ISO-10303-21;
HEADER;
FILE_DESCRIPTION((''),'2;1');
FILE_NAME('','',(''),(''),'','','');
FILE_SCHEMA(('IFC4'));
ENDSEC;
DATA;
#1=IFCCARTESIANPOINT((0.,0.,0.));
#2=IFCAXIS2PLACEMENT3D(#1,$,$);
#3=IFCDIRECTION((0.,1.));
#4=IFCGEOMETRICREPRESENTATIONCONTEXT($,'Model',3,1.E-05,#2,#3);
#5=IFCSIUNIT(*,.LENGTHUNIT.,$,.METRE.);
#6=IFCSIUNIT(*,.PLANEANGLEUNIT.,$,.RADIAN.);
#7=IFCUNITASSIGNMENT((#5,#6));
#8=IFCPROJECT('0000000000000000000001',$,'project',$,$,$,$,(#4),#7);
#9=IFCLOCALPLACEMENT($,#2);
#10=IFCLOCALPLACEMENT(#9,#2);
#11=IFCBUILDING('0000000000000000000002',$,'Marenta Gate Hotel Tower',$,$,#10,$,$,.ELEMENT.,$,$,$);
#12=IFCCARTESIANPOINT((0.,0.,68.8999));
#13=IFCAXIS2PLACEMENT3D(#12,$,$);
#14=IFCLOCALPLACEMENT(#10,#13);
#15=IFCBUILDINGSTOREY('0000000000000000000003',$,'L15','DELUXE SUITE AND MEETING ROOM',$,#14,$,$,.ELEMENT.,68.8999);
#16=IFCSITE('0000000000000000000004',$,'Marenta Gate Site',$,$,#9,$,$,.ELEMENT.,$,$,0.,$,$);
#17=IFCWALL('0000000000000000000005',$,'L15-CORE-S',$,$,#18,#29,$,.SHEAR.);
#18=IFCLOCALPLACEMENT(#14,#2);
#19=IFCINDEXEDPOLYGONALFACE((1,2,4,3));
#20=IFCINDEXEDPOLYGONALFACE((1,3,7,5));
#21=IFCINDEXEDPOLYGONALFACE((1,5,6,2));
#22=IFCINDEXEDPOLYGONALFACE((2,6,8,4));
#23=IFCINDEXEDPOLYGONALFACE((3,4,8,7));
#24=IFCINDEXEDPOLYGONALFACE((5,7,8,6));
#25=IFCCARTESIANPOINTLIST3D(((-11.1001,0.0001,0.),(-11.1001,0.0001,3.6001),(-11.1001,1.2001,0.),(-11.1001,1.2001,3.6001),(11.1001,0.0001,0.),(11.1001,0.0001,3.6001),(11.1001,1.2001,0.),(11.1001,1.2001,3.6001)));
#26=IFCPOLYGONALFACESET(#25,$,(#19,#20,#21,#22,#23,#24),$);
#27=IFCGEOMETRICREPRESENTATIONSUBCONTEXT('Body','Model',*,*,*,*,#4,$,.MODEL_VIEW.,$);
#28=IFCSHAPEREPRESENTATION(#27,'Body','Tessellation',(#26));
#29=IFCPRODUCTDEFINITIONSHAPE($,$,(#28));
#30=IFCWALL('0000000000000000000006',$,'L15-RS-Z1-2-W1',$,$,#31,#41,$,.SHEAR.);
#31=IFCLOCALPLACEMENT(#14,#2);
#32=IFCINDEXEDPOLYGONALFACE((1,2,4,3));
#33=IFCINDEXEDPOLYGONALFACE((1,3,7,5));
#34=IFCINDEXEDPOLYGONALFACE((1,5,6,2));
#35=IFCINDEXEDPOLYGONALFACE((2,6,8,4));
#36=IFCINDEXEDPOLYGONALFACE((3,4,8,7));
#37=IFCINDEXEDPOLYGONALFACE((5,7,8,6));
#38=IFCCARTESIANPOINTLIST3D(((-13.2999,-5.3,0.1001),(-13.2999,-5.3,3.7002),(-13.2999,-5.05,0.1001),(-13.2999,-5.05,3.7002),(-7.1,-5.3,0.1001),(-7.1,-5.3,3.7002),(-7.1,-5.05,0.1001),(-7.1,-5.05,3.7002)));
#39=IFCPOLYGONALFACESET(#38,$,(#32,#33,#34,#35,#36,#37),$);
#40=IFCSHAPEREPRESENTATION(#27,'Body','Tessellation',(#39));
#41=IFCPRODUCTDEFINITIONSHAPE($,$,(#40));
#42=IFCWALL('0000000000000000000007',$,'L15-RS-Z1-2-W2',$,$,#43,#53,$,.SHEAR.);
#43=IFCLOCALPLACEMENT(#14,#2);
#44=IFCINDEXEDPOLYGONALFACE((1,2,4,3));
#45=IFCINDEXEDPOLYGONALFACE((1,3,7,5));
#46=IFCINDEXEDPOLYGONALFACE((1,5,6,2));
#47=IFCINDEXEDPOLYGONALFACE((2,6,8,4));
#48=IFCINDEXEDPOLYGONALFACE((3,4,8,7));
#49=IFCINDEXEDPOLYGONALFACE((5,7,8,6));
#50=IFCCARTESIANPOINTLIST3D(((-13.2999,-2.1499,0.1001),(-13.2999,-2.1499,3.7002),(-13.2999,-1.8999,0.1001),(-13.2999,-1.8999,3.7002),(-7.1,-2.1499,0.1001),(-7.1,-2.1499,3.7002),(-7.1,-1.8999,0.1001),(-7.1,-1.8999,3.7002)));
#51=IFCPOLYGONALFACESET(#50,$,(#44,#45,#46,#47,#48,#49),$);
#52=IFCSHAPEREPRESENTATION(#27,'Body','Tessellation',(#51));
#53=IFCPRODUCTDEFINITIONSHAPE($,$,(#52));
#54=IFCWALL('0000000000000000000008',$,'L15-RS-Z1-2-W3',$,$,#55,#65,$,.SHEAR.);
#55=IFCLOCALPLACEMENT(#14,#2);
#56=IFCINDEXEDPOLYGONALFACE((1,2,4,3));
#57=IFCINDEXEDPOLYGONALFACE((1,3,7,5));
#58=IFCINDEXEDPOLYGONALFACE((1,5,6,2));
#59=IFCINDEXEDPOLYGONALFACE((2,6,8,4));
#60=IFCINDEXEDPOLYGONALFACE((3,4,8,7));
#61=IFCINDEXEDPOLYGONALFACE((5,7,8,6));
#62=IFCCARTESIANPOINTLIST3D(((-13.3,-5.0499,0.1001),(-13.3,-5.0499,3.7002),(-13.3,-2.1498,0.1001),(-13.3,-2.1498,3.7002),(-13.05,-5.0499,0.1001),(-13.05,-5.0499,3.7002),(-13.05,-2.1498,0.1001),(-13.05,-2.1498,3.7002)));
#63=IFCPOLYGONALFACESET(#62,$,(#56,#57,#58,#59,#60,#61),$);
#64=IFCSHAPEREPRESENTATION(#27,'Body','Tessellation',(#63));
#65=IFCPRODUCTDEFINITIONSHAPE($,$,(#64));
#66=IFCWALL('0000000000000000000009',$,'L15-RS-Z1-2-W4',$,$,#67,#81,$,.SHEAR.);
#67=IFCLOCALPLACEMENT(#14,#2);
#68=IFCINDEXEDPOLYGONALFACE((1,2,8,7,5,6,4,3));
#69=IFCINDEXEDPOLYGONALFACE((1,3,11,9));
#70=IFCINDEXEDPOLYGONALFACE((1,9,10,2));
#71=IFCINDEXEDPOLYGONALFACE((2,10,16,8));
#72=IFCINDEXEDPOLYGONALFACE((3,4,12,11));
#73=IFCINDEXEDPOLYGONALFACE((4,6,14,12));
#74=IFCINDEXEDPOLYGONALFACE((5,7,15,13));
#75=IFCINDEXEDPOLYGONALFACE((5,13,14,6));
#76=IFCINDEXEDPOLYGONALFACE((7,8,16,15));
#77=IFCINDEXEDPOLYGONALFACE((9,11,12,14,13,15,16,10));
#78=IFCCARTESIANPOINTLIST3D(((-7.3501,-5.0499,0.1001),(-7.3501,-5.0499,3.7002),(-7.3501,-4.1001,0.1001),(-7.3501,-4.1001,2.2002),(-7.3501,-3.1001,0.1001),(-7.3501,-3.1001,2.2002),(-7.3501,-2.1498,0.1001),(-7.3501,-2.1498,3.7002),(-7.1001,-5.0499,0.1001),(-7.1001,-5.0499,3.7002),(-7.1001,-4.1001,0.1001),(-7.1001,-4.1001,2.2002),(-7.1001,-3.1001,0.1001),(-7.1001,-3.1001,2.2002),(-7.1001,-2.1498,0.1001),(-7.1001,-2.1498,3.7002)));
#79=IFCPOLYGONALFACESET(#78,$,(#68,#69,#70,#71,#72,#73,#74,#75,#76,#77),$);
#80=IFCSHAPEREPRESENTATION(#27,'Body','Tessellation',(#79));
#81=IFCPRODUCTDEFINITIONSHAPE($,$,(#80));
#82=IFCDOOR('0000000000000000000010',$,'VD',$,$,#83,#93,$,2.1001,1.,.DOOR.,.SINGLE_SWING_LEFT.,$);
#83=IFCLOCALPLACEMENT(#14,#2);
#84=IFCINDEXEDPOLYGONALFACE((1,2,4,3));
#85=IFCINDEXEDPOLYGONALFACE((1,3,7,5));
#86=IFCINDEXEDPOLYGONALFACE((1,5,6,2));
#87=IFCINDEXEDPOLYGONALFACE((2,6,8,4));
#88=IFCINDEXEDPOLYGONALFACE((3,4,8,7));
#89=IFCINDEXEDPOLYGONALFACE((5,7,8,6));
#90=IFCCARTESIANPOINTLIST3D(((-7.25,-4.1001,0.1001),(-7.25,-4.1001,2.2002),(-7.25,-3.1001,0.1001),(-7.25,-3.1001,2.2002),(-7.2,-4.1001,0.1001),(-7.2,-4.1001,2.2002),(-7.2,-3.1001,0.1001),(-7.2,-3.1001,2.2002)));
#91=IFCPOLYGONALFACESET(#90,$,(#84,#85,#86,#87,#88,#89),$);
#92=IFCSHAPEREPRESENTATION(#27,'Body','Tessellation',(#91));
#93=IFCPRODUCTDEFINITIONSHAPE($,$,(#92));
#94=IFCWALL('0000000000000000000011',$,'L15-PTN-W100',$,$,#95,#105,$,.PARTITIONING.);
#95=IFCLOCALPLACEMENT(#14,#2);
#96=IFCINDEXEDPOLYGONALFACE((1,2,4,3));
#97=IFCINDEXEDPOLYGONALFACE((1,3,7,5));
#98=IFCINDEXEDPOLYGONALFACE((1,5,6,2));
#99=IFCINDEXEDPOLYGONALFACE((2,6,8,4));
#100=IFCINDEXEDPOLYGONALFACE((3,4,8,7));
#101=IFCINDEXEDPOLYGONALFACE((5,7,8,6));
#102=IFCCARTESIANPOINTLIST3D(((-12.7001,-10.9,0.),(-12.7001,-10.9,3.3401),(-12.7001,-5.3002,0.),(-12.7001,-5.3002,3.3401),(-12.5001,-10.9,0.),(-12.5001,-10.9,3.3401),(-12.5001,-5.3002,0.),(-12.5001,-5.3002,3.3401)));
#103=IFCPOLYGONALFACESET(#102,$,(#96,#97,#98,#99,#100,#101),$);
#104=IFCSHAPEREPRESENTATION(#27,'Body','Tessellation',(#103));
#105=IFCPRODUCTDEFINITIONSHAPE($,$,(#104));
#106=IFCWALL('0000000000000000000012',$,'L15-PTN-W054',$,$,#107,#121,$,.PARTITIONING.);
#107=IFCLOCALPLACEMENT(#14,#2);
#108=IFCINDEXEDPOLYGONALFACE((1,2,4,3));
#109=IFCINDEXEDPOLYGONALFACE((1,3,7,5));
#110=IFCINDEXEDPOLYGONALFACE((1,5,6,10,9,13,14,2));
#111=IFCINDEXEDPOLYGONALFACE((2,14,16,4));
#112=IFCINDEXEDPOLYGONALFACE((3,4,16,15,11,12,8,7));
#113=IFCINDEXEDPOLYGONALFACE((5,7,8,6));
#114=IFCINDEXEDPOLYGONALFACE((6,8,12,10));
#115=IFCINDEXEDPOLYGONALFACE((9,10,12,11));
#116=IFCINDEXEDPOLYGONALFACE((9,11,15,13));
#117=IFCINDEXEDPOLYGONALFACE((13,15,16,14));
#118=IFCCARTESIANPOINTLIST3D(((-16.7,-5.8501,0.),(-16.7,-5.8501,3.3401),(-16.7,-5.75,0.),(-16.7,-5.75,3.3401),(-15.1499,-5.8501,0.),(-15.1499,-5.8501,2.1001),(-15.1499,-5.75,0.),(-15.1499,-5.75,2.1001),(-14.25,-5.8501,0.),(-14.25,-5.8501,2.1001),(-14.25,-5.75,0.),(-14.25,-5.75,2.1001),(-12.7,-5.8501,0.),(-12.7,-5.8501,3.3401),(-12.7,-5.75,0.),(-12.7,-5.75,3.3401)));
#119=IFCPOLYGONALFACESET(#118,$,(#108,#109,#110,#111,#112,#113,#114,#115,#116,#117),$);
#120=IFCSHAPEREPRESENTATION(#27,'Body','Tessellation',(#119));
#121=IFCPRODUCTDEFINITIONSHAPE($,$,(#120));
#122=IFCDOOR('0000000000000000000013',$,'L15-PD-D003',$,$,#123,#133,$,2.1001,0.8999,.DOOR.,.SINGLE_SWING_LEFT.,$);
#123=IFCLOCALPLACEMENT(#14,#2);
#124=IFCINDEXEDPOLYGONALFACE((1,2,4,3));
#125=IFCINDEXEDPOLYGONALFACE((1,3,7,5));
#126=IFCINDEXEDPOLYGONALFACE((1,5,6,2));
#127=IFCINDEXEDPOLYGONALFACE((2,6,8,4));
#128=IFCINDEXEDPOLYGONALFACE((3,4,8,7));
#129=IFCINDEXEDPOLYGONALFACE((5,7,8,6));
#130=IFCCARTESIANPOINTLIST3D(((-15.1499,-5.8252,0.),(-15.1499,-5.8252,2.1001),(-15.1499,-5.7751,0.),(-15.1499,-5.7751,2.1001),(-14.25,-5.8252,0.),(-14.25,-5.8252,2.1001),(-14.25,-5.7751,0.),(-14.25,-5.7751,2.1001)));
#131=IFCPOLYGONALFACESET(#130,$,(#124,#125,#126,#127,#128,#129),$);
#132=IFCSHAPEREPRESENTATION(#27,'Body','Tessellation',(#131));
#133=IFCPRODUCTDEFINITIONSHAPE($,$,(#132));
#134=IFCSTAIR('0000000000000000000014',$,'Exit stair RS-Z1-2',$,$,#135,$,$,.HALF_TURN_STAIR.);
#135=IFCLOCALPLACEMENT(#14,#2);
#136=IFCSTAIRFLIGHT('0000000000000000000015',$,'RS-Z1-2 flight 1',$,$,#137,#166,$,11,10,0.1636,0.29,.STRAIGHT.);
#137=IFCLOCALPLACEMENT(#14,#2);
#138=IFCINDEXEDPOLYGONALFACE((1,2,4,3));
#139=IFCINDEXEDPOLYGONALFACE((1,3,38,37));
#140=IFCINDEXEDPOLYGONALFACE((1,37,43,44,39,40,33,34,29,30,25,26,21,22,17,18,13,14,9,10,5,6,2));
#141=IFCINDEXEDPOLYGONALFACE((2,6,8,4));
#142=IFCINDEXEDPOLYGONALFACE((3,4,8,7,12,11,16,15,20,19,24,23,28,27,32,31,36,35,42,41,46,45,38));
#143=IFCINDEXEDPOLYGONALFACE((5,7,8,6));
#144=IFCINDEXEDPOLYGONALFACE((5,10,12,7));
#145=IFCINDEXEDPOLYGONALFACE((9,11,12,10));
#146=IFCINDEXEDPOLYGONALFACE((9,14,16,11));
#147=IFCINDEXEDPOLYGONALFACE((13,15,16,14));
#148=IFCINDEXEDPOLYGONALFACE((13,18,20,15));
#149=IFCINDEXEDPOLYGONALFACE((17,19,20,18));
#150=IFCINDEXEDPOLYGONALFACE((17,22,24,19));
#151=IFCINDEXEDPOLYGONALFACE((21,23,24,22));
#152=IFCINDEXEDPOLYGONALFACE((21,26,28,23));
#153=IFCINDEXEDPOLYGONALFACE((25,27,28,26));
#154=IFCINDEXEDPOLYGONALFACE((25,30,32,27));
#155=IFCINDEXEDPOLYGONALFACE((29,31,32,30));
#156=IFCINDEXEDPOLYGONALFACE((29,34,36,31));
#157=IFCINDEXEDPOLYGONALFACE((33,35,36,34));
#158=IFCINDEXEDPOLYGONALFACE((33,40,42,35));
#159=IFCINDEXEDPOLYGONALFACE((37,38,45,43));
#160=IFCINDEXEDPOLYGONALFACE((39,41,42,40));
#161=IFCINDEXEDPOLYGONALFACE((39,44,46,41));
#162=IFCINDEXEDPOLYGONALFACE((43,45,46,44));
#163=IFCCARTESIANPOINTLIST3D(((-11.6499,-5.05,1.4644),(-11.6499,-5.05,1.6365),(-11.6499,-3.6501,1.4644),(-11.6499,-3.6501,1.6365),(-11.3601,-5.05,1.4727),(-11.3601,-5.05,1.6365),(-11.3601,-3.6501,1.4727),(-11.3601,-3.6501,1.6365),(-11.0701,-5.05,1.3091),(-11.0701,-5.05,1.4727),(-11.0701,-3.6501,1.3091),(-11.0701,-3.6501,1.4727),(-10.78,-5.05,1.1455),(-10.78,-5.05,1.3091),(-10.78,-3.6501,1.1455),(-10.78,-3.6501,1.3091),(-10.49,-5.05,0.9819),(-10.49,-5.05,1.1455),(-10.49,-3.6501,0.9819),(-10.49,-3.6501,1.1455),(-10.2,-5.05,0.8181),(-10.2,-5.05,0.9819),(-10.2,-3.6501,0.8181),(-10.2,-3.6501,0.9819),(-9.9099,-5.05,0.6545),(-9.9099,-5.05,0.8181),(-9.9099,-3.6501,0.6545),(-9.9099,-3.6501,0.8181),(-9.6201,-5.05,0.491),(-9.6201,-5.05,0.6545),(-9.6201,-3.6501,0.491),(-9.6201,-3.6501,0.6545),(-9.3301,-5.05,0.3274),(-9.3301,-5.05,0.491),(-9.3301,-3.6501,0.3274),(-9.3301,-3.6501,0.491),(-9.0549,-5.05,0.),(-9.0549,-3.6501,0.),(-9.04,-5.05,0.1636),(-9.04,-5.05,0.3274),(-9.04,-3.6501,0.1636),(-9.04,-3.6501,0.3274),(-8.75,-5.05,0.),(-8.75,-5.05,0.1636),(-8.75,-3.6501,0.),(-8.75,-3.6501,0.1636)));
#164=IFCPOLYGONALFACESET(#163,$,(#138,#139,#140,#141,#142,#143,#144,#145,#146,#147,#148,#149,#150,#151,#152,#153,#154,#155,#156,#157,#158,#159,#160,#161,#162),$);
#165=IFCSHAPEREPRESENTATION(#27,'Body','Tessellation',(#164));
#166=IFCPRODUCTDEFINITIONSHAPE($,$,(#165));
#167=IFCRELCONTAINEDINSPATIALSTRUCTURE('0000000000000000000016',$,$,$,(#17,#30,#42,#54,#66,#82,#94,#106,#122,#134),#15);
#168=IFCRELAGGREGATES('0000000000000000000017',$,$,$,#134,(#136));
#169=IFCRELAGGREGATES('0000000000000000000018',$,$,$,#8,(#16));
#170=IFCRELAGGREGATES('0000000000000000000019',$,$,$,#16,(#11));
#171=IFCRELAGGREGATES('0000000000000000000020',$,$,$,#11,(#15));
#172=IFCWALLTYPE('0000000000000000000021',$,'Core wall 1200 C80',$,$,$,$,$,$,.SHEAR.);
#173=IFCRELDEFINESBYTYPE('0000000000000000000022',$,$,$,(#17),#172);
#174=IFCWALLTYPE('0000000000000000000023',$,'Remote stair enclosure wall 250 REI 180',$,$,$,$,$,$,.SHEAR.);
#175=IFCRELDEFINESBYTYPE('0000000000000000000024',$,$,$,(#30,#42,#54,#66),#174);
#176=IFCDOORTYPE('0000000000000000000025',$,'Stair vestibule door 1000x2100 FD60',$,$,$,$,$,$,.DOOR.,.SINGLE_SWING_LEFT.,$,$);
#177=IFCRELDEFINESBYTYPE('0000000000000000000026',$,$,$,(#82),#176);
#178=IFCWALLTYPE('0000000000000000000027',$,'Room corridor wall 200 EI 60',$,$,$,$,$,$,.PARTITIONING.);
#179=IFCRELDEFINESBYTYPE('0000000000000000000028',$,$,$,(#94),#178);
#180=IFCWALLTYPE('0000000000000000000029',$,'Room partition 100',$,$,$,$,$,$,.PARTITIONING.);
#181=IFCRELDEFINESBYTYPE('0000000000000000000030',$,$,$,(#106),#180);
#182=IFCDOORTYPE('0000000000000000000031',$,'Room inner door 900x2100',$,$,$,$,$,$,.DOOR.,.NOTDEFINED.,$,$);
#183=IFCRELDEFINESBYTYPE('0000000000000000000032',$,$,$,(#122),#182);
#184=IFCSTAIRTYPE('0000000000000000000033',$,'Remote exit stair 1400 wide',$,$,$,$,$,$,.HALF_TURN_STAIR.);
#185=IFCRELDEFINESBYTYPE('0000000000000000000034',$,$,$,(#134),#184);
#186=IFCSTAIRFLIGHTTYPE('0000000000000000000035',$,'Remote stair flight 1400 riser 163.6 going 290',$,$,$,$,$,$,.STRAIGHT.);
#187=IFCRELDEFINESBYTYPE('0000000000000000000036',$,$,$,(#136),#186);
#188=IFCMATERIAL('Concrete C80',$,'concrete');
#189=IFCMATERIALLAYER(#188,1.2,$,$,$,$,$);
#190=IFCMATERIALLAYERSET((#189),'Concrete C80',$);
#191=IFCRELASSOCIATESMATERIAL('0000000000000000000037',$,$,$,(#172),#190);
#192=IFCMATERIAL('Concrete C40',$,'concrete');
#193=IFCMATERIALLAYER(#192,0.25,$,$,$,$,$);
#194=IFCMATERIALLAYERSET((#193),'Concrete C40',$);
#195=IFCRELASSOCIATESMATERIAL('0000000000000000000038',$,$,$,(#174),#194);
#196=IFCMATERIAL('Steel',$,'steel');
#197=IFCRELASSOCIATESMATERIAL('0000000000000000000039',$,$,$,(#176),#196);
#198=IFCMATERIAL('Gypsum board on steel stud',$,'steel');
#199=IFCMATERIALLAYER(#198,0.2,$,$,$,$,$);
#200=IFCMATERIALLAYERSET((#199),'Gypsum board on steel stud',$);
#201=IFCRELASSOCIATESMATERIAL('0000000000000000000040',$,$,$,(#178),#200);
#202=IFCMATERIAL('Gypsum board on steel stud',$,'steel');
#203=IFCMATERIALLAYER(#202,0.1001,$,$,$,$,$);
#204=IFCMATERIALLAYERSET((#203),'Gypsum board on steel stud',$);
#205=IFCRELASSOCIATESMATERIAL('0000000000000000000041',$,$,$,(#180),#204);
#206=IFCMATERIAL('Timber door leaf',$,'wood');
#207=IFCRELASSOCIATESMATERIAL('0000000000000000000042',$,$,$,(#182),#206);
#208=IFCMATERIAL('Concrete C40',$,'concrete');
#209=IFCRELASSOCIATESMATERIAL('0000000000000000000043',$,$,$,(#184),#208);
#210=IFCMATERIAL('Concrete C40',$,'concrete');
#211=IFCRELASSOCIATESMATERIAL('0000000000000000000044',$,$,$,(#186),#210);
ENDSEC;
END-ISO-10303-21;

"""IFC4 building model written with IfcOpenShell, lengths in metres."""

from ifc_helpers import new_model, si_unit, direction, frame, frame_2d, origin, place, context, subcontext, project, spatial, polyline, rectangle, outline, extrude, material, layer, layer_set, type_object, element, fill, aggregate, save


model = new_model("IFC4")

# Units and contexts
model_context = context("Model", 3, precision=1e-05, world=origin(), true_north=direction((0.0, 1.0)))
body_context = subcontext(model_context, "Body", "Model", "MODEL_VIEW")
ifc_project = project(units=[si_unit("LENGTHUNIT", "METRE"), si_unit("PLANEANGLEUNIT", "RADIAN")], contexts=[model_context])

# Site, building, storey
site_placement = place(None, origin())
site = spatial("IfcSite", under=ifc_project, at=site_placement, Name="Marenta Gate Site", CompositionType="ELEMENT", RefElevation=0.0)
building_placement = place(site_placement, origin())
building = spatial("IfcBuilding", under=site, at=building_placement, Name="Marenta Gate Hotel Tower", CompositionType="ELEMENT")
storey_placement = place(building_placement, frame((0.0, 0.0, 68.8999)))
storey = spatial("IfcBuildingStorey", under=building, at=storey_placement, Name="L15", Description="DELUXE SUITE AND MEETING ROOM", CompositionType="ELEMENT", Elevation=68.8999)

# Shared definitions
ifc_material_1 = material(Name="Concrete C80", Category="concrete")
ifc_layer_1 = layer(ifc_material_1, 1.2)
ifc_layer_set_1 = layer_set([ifc_layer_1], Name="Concrete C80")
wall_type_1 = type_object("IfcWallType", Name="Core wall 1200 C80", PredefinedType="SHEAR", material=ifc_layer_set_1)

# Walls
wall_1_placement = place(storey_placement, frame((-11.1001, 0.6001, 0.0), z_axis=(0.0, 0.0, 1.0), x_axis=(1.0, 0.0, 0.0)))
element("IfcWall", 1, at=wall_1_placement, inside=storey, type_object=wall_type_1, Name="L15-CORE-S", PredefinedType="SHEAR", context=body_context, shape_type="SweptSolid", body=[
    extrude(rectangle(XDim=22.2002, YDim=1.2, at=frame_2d((11.1001, 0.0))), origin(), (0.0, 0.0, 1.0), 3.6001),
])
ifc_material_2 = material(Name="Concrete C40", Category="concrete")
ifc_layer_2 = layer(ifc_material_2, 0.25)
ifc_layer_set_2 = layer_set([ifc_layer_2], Name="Concrete C40")
wall_type_2 = type_object("IfcWallType", Name="Remote stair enclosure wall 250 REI 180", PredefinedType="SHEAR", material=ifc_layer_set_2)
for number, where, z_axis, x_axis, name in (
    (2, (-13.3, -5.175, 0.1001), (0.0, 0.0, 1.0), (1.0, 0.0, 0.0), "L15-RS-Z1-2-W1"),
    (3, (-13.3, -2.0249, 0.1001), (0.0, 0.0, 1.0), (1.0, 0.0, 0.0), "L15-RS-Z1-2-W2"),
):
    element("IfcWall", number, at=place(storey_placement, frame(where, z_axis=z_axis, x_axis=x_axis)), inside=storey, type_object=wall_type_2, Name=name, PredefinedType="SHEAR", context=body_context, shape_type="SweptSolid", body=[
        extrude(rectangle(XDim=6.2, YDim=0.25, at=frame_2d((3.1001, 0.0))), origin(), (0.0, 0.0, 1.0), 3.6001),
    ])
wall_2_placement = place(storey_placement, frame((-13.175, -5.05, 0.1001), z_axis=(0.0, 0.0, 1.0), x_axis=(0.0, 1.0, 0.0)))
element("IfcWall", 4, at=wall_2_placement, inside=storey, type_object=wall_type_2, Name="L15-RS-Z1-2-W3", PredefinedType="SHEAR", context=body_context, shape_type="SweptSolid", body=[
    extrude(rectangle(XDim=2.9001, YDim=0.25, at=frame_2d((1.4502, 0.0))), origin(), (0.0, 0.0, 1.0), 3.6001),
])

# Wall, opening, door
wall_3_placement = place(storey_placement, frame((-7.2251, -5.05, 0.1001), z_axis=(0.0, 0.0, 1.0), x_axis=(0.0, 1.0, 0.0)))
wall_3 = element("IfcWall", 5, at=wall_3_placement, inside=storey, type_object=wall_type_2, Name="L15-RS-Z1-2-W4", PredefinedType="SHEAR", context=body_context, shape_type="SweptSolid", body=[
    extrude(rectangle(XDim=2.9001, YDim=0.25, at=frame_2d((1.4502, 0.0))), origin(), (0.0, 0.0, 1.0), 3.6001),
])
opening_1_placement = place(wall_3_placement, frame((0.95, 0.0, 0.0)))
opening_1 = element("IfcOpeningElement", 6, at=opening_1_placement, cuts=wall_3, PredefinedType="OPENING", context=body_context, shape_type="SweptSolid", body=[
    extrude(rectangle(XDim=1.0, YDim=2.1001, at=frame_2d((0.5, 1.05))), frame((0.0, 0.125, 0.0), z_axis=(0.0, -1.0, 0.0), x_axis=(1.0, 0.0, 0.0)), (0.0, 0.0, 1.0), 0.25),
])
ifc_material_3 = material(Name="Steel", Category="steel")
door_type_1 = type_object("IfcDoorType", Name="Stair vestibule door 1000x2100 FD60", OperationType="SINGLE_SWING_LEFT", PredefinedType="DOOR", material=ifc_material_3)
door_1_placement = place(opening_1_placement, origin())
door_1 = element("IfcDoor", 7, at=door_1_placement, inside=storey, type_object=door_type_1, Name="VD", OperationType="SINGLE_SWING_LEFT", OverallHeight=2.1001, OverallWidth=1.0, PredefinedType="DOOR", context=body_context, shape_type="SweptSolid", body=[
    extrude(rectangle(XDim=1.0, YDim=2.1001, at=frame_2d((0.5, 1.05))), frame((0.0, 0.0249, 0.0), z_axis=(0.0, -1.0, 0.0), x_axis=(1.0, 0.0, 0.0)), (0.0, 0.0, 1.0), 0.05),
])
fill(opening_1, door_1)

# Wall
ifc_material_4 = material(Name="Gypsum board on steel stud", Category="steel")
ifc_layer_3 = layer(ifc_material_4, 0.2)
ifc_layer_set_3 = layer_set([ifc_layer_3], Name="Gypsum board on steel stud")
wall_type_3 = type_object("IfcWallType", Name="Room corridor wall 200 EI 60", PredefinedType="PARTITIONING", material=ifc_layer_set_3)
wall_4_placement = place(storey_placement, frame((-12.6001, -10.8999, 0.0), z_axis=(0.0, 0.0, 1.0), x_axis=(0.0, 1.0, 0.0)))
element("IfcWall", 8, at=wall_4_placement, inside=storey, type_object=wall_type_3, Name="L15-PTN-W100", PredefinedType="PARTITIONING", context=body_context, shape_type="SweptSolid", body=[
    extrude(rectangle(XDim=5.5999, YDim=0.2, at=frame_2d((2.7998, 0.0))), origin(), (0.0, 0.0, 1.0), 3.3401),
])

# Wall, opening, door
ifc_material_5 = material(Name="Gypsum board on steel stud", Category="steel")
ifc_layer_4 = layer(ifc_material_5, 0.1001)
ifc_layer_set_4 = layer_set([ifc_layer_4], Name="Gypsum board on steel stud")
wall_type_4 = type_object("IfcWallType", Name="Room partition 100", PredefinedType="PARTITIONING", material=ifc_layer_set_4)
wall_5_placement = place(storey_placement, frame((-16.7, -5.8, 0.0), z_axis=(0.0, 0.0, 1.0), x_axis=(1.0, 0.0, 0.0)))
wall_5 = element("IfcWall", 9, at=wall_5_placement, inside=storey, type_object=wall_type_4, Name="L15-PTN-W054", PredefinedType="PARTITIONING", context=body_context, shape_type="SweptSolid", body=[
    extrude(rectangle(XDim=4.0, YDim=0.1001, at=frame_2d((2.0, 0.0))), origin(), (0.0, 0.0, 1.0), 3.3401),
])
opening_2_placement = place(wall_5_placement, frame((1.55, 0.0, 0.0)))
opening_2 = element("IfcOpeningElement", 10, at=opening_2_placement, cuts=wall_5, PredefinedType="OPENING", context=body_context, shape_type="SweptSolid", body=[
    extrude(rectangle(XDim=0.8999, YDim=2.1001, at=frame_2d((0.45, 1.05))), frame((0.0, 0.05, 0.0), z_axis=(0.0, -1.0, 0.0), x_axis=(1.0, 0.0, 0.0)), (0.0, 0.0, 1.0), 0.1001),
])
ifc_material_6 = material(Name="Timber door leaf", Category="wood")
door_type_2 = type_object("IfcDoorType", Name="Room inner door 900x2100", OperationType="NOTDEFINED", PredefinedType="DOOR", material=ifc_material_6)
door_2_placement = place(opening_2_placement, origin())
door_2 = element("IfcDoor", 11, at=door_2_placement, inside=storey, type_object=door_type_2, Name="L15-PD-D003", OperationType="SINGLE_SWING_LEFT", OverallHeight=2.1001, OverallWidth=0.8999, PredefinedType="DOOR", context=body_context, shape_type="SweptSolid", body=[
    extrude(rectangle(XDim=0.8999, YDim=2.1001, at=frame_2d((0.45, 1.05))), frame((0.0, 0.0249, 0.0), z_axis=(0.0, -1.0, 0.0), x_axis=(1.0, 0.0, 0.0)), (0.0, 0.0, 1.0), 0.05),
])
fill(opening_2, door_2)

# Stair, stair flight
ifc_material_7 = material(Name="Concrete C40", Category="concrete")
stair_type = type_object("IfcStairType", Name="Remote exit stair 1400 wide", PredefinedType="HALF_TURN_STAIR", material=ifc_material_7)
stair_placement = place(storey_placement, origin())
stair = element("IfcStair", 12, at=stair_placement, inside=storey, type_object=stair_type, Name="Exit stair RS-Z1-2", PredefinedType="HALF_TURN_STAIR")
ifc_material_8 = material(Name="Concrete C40", Category="concrete")
stair_flight_type = type_object("IfcStairFlightType", Name="Remote stair flight 1400 riser 163.6 going 290", PredefinedType="STRAIGHT", material=ifc_material_8)
stair_flight_1_placement = place(storey_placement, frame((-8.75, -4.3501, 0.0), z_axis=(0.0, 0.0, 1.0), x_axis=(-1.0, 0.0, 0.0)))
stair_flight_1 = element("IfcStairFlight", 13, at=stair_flight_1_placement, type_object=stair_flight_type, Name="RS-Z1-2 flight 1", NumberOfRisers=11, NumberOfTreads=10, PredefinedType="STRAIGHT", RiserHeight=0.1636, TreadLength=0.29, context=body_context, shape_type="SweptSolid", body=[
    extrude(outline(polyline([(0.0, 0.0), (0.0, 0.1636), (0.29, 0.1636), (0.29, 0.3274), (0.5801, 0.3274), (0.5801, 0.491), (0.8701, 0.491), (0.8701, 0.6545), (1.1599, 0.6545), (1.1599, 0.8181), (1.45, 0.8181), (1.45, 0.9819), (1.74, 0.9819), (1.74, 1.1455), (2.03, 1.1455), (2.03, 1.3091), (2.3201, 1.3091), (2.3201, 1.4727), (2.6101, 1.4727), (2.6101, 1.6365), (2.8999, 1.6365), (2.8999, 1.8), (2.8999, 1.4644), (0.3049, 0.0), (0.0, 0.0)])), frame((0.0, 0.7, 0.0), z_axis=(0.0, -1.0, 0.0), x_axis=(1.0, 0.0, 0.0)), (0.0, 0.0, 1.0), 1.3999),
])
aggregate(stair, [stair_flight_1])

save(model, "model.ifc")
